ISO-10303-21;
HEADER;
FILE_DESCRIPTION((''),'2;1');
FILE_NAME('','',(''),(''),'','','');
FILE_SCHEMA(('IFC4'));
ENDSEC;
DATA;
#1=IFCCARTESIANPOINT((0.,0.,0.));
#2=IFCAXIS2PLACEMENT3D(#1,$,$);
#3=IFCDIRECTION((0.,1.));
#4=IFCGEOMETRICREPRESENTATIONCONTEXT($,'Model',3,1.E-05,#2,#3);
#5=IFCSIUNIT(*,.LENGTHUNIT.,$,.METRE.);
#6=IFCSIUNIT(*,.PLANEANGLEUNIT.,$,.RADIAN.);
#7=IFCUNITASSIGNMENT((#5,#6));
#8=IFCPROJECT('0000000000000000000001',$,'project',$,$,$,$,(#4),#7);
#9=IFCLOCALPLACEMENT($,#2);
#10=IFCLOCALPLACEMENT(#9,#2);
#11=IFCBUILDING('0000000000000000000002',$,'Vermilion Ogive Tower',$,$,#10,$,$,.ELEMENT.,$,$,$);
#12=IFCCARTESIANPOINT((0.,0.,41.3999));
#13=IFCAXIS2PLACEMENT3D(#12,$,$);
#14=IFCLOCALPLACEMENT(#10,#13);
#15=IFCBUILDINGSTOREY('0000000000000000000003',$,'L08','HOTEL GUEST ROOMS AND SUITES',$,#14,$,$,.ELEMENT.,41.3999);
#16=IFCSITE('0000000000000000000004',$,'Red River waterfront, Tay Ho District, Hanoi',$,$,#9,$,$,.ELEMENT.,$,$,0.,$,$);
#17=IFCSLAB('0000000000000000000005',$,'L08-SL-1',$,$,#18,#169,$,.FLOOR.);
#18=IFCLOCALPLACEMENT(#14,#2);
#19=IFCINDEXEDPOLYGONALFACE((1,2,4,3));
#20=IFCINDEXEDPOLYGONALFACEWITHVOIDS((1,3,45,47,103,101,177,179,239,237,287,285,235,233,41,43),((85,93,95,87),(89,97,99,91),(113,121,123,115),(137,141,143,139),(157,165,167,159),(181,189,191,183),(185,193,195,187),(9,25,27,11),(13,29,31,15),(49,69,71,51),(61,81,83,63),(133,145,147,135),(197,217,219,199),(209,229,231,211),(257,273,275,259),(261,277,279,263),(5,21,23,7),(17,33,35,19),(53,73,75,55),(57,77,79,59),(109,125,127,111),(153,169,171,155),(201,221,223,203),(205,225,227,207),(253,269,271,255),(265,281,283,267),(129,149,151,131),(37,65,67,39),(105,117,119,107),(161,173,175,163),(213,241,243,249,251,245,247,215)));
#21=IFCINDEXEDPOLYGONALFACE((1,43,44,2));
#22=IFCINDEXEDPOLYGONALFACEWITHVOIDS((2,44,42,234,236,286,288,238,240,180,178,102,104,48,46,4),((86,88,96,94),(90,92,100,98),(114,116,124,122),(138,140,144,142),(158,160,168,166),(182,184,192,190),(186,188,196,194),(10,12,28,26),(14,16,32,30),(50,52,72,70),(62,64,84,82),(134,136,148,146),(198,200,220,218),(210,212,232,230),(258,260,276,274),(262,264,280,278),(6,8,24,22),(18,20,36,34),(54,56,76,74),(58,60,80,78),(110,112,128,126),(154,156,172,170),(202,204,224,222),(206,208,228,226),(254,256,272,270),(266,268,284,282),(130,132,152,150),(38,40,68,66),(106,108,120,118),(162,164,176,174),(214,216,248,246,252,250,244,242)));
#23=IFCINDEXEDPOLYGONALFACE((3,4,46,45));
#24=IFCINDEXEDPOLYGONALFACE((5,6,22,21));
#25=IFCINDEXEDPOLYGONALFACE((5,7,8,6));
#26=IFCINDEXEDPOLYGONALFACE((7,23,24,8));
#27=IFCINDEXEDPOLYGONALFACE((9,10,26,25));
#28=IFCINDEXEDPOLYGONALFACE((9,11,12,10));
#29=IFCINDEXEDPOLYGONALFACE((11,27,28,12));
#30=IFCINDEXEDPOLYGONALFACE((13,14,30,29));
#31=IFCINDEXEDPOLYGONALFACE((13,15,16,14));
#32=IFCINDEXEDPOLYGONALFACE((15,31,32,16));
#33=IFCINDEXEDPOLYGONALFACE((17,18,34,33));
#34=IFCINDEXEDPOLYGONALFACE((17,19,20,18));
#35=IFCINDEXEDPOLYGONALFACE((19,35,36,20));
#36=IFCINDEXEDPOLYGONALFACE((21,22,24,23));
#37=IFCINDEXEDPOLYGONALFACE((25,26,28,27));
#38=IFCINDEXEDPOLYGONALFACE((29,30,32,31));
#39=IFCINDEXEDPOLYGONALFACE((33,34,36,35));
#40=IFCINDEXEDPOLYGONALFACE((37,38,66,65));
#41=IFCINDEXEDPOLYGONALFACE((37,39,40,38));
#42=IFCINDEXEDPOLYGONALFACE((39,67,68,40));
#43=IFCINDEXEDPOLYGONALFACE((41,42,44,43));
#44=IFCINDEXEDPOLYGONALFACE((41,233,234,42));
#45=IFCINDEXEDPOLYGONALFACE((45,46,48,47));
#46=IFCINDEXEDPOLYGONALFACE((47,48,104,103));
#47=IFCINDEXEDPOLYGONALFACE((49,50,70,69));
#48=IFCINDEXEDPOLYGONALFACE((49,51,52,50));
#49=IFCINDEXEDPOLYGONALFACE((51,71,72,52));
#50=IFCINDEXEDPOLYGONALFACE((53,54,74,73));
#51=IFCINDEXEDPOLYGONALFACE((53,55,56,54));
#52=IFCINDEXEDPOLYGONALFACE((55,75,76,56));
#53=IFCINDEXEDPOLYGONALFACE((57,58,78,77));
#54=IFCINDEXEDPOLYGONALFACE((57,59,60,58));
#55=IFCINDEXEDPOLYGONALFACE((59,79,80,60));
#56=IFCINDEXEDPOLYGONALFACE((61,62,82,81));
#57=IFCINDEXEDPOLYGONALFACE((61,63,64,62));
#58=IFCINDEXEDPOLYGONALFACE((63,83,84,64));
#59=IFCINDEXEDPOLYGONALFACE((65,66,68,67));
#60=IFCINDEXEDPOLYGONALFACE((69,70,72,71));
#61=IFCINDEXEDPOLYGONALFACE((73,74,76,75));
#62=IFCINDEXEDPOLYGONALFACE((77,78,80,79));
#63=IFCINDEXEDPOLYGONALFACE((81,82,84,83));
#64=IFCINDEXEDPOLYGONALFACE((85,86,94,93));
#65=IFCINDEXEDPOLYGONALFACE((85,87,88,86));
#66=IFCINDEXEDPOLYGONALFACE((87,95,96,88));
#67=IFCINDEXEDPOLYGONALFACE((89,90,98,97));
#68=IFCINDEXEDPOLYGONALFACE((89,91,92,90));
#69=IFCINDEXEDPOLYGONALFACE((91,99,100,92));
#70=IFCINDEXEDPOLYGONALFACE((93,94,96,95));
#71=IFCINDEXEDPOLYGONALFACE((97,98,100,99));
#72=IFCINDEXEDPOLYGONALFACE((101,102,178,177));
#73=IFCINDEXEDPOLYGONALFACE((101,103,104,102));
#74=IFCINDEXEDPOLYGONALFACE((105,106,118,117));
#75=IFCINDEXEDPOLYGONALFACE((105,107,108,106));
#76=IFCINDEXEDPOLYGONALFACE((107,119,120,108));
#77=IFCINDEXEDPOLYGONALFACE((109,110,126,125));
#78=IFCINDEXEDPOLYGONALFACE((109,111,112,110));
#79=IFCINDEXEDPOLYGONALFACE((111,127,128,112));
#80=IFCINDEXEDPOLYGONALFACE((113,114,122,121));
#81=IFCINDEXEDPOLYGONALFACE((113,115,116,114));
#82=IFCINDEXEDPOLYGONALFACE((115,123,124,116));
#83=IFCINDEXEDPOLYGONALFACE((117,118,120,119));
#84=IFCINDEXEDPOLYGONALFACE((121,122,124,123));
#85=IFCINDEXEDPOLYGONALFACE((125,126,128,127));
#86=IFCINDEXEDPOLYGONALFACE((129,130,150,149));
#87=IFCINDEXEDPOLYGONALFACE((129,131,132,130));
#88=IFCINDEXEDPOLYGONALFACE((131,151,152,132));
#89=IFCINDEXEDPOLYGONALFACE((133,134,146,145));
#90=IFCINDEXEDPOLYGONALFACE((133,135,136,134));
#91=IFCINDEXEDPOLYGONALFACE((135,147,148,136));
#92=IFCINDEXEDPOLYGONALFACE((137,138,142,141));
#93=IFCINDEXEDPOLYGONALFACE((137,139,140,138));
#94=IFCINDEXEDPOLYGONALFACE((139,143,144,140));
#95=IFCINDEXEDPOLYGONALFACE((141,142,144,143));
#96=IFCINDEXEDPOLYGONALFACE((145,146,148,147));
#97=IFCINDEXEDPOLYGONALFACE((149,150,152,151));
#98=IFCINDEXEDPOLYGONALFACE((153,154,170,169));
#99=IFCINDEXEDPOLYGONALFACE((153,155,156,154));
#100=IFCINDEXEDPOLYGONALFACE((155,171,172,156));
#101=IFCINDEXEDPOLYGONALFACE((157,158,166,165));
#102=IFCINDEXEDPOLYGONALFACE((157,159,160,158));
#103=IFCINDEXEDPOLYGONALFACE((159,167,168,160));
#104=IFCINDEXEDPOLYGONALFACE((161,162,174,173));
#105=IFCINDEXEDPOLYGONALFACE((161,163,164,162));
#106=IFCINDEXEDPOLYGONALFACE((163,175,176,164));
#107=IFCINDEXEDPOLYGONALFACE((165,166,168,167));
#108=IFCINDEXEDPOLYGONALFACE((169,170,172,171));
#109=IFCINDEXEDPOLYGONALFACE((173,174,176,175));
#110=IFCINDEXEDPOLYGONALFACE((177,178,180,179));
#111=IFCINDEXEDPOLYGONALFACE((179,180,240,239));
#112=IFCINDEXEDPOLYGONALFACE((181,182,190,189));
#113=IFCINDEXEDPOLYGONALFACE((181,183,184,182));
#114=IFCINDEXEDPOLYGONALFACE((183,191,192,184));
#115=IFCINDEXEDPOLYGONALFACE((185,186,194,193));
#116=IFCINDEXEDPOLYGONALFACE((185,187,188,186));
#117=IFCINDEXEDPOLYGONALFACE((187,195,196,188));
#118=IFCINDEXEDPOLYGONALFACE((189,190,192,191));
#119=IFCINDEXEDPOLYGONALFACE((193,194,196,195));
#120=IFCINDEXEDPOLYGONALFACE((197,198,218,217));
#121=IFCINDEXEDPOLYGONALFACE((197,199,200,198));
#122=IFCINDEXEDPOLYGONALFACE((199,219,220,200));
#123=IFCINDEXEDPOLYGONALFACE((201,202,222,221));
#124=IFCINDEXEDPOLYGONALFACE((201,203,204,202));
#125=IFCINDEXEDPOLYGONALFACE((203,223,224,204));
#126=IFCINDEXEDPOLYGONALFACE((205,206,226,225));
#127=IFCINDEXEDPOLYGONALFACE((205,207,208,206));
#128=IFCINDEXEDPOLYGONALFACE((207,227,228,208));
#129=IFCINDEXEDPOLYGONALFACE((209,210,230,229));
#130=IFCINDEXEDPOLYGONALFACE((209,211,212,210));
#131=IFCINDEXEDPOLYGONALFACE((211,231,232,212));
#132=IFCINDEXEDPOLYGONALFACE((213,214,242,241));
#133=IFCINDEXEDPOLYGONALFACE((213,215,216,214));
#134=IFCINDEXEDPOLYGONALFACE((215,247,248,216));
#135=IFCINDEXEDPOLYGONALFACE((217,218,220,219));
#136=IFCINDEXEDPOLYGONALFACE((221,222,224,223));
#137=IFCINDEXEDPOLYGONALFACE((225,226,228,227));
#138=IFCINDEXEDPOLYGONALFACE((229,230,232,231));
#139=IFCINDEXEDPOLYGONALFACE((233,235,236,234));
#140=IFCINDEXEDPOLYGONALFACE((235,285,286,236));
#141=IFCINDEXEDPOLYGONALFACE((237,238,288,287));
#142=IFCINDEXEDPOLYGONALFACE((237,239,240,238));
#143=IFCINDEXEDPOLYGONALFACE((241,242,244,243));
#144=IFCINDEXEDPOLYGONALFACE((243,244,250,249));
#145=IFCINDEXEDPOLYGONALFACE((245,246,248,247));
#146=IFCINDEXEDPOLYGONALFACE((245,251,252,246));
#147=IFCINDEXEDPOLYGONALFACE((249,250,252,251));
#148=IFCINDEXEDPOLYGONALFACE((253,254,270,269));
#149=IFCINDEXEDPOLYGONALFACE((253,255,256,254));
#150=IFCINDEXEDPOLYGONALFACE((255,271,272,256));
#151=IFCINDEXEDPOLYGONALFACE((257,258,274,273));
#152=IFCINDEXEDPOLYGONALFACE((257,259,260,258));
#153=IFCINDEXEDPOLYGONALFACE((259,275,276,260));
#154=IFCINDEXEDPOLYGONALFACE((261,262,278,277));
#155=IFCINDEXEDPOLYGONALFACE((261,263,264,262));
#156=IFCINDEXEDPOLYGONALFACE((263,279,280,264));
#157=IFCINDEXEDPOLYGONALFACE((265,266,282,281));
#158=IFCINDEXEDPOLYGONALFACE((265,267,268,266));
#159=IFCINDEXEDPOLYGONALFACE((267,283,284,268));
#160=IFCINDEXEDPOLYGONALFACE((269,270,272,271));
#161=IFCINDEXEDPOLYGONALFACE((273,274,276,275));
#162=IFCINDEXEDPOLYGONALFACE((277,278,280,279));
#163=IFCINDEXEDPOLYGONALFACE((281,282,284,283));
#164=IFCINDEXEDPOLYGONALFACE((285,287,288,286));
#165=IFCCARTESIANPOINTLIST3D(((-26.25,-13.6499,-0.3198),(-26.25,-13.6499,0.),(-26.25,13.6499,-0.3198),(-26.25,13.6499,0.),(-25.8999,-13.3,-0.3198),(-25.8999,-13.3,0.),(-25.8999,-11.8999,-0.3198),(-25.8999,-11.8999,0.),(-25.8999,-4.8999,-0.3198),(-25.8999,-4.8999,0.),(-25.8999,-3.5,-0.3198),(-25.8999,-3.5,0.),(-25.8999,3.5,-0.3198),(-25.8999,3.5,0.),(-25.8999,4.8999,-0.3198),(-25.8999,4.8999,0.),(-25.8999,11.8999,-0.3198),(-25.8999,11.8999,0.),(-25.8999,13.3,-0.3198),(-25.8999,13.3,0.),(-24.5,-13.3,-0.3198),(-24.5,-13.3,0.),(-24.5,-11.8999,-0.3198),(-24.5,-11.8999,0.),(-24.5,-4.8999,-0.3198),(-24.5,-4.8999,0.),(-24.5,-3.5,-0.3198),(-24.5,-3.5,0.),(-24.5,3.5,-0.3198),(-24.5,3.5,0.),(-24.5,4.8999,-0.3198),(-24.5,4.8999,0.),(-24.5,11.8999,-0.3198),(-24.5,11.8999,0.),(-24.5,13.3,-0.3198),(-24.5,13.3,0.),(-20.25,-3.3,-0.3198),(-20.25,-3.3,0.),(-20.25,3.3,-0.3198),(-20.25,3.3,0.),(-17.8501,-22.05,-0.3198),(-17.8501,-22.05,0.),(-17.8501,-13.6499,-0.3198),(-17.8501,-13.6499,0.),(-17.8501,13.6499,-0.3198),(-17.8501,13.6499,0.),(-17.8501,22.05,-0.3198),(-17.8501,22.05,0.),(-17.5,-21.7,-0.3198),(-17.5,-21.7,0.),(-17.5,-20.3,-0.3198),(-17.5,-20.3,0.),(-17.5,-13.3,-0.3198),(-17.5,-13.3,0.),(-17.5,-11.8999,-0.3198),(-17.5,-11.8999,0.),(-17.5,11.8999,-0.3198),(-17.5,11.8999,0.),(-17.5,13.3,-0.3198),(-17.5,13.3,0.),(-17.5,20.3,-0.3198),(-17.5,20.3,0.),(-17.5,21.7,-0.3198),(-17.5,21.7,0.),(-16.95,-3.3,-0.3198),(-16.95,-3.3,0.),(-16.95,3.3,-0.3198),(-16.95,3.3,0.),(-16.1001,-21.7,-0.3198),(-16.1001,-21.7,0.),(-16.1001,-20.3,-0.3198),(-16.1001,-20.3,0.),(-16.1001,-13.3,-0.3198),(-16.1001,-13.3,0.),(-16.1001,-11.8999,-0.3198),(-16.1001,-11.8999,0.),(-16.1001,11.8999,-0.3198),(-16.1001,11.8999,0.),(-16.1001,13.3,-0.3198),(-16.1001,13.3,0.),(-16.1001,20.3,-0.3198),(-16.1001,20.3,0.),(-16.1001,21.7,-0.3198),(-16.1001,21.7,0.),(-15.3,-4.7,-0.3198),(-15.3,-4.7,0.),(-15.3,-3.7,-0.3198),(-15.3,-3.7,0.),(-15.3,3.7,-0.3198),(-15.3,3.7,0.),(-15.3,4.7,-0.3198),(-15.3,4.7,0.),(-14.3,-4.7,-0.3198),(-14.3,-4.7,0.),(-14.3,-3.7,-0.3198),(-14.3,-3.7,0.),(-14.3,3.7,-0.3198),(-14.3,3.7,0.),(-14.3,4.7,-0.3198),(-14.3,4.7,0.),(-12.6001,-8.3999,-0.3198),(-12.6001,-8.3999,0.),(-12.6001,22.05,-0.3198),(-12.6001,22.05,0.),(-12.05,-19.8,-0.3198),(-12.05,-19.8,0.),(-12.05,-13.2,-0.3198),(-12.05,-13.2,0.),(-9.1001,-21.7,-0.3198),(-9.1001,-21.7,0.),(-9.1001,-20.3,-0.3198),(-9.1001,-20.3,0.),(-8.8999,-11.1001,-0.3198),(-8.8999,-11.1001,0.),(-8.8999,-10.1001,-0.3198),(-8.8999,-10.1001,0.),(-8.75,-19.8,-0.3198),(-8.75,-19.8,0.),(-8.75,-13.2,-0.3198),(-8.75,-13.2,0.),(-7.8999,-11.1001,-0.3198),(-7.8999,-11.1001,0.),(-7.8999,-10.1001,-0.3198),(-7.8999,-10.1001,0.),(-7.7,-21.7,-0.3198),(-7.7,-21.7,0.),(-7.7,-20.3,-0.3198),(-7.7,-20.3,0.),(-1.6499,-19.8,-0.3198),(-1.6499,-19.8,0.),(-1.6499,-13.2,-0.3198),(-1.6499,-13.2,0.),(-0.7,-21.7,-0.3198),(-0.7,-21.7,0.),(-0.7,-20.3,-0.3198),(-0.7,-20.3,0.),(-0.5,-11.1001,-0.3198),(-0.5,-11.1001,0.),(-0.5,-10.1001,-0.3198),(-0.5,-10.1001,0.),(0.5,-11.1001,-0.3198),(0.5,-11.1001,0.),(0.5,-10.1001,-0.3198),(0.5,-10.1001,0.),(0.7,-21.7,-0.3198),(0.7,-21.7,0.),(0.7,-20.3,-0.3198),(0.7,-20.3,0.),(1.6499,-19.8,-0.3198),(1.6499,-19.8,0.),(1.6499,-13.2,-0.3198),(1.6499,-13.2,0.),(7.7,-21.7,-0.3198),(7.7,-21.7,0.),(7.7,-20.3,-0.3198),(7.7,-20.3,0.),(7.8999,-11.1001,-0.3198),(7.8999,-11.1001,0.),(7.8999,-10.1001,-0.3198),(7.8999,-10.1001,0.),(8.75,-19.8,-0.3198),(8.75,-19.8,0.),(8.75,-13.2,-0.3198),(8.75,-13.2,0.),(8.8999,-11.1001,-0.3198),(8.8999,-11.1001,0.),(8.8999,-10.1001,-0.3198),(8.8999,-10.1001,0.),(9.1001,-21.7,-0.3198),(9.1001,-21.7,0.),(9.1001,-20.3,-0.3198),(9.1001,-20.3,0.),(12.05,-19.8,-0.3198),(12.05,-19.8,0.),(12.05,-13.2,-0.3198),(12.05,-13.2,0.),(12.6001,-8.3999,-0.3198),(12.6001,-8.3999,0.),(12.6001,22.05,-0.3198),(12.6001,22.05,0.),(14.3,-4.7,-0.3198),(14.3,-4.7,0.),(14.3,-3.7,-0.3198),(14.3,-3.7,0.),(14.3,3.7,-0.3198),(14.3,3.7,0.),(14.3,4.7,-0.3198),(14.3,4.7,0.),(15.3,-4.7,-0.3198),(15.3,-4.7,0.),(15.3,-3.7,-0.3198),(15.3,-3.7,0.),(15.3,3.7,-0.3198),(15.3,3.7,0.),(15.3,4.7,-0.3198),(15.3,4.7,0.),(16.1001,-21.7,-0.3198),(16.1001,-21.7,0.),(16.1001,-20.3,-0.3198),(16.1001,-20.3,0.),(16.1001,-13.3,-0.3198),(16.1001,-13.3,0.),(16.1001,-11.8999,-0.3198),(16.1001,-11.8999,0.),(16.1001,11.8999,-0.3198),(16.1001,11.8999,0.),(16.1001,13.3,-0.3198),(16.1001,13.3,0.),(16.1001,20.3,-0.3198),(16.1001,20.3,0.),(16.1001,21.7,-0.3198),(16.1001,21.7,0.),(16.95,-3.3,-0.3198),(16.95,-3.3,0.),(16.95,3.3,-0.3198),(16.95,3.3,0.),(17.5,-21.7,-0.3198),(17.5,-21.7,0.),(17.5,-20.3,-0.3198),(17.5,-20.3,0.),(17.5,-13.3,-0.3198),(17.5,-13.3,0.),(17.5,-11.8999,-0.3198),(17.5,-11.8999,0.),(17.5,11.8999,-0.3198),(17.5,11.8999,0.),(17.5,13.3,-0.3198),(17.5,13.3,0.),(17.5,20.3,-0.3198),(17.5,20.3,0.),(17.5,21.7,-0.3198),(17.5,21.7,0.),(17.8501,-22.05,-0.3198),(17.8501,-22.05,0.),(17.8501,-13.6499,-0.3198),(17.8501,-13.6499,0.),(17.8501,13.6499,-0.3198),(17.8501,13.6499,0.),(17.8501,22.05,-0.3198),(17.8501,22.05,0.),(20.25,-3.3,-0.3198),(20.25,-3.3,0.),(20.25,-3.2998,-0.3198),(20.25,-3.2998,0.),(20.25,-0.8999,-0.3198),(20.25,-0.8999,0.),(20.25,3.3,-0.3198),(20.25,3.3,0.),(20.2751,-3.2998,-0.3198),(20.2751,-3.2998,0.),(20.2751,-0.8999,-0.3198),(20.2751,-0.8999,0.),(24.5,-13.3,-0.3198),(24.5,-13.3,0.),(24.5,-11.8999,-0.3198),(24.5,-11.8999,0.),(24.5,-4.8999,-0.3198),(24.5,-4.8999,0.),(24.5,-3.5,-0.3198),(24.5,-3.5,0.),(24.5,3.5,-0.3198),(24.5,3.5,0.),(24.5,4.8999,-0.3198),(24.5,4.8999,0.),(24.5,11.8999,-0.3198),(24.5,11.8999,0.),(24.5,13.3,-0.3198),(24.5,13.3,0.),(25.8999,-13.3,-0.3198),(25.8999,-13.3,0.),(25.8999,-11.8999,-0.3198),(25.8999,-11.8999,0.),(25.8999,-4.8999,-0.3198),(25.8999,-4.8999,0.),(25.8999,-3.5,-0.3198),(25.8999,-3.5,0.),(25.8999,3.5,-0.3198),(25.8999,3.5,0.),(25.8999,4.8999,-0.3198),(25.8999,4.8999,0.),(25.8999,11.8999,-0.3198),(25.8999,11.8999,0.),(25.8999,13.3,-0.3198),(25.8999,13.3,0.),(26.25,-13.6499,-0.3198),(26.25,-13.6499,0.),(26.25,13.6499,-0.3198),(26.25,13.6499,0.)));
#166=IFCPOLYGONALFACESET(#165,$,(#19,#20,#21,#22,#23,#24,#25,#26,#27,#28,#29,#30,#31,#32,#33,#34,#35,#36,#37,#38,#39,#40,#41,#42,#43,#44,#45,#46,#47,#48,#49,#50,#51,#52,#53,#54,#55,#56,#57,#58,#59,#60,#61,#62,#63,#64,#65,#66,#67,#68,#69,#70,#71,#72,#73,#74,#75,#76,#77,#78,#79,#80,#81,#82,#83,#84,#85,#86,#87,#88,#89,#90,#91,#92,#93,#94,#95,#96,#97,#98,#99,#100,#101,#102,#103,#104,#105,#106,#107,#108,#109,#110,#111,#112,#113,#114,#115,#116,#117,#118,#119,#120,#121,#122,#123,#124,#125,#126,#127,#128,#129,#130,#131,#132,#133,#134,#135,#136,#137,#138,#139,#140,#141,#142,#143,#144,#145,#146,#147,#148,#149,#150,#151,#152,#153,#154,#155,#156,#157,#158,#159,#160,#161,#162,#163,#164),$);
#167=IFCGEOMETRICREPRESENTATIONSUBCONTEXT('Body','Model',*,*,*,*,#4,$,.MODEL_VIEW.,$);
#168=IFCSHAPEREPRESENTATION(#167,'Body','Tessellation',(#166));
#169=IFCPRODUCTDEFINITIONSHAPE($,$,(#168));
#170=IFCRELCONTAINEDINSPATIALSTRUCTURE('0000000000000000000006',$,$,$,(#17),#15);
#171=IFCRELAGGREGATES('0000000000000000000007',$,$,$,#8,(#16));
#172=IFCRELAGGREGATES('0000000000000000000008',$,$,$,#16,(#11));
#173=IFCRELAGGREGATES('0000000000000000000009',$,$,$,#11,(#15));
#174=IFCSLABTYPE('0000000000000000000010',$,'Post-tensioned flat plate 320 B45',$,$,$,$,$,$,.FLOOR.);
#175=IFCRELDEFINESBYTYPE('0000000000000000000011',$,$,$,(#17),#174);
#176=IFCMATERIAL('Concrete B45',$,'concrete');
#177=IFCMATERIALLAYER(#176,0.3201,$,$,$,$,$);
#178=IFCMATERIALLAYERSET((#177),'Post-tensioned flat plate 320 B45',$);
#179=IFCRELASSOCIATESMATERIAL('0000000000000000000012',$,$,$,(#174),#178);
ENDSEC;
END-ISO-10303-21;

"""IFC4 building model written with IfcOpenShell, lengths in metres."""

from ifc_helpers import new_model, si_unit, direction, frame, origin, place, context, subcontext, project, spatial, polyline, outline, extrude, material, layer, layer_set, type_object, element, save


model = new_model("IFC4")

# Units and contexts
model_context = context("Model", 3, precision=1e-05, world=origin(), true_north=direction((0.0, 1.0)))
body_context = subcontext(model_context, "Body", "Model", "MODEL_VIEW")
ifc_project = project(units=[si_unit("LENGTHUNIT", "METRE"), si_unit("PLANEANGLEUNIT", "RADIAN")], contexts=[model_context])

# Site, building, storey
site_placement = place(None, origin())
site = spatial("IfcSite", under=ifc_project, at=site_placement, Name="Red River waterfront, Tay Ho District, Hanoi", CompositionType="ELEMENT", RefElevation=0.0)
building_placement = place(site_placement, origin())
building = spatial("IfcBuilding", under=site, at=building_placement, Name="Vermilion Ogive Tower", CompositionType="ELEMENT")
storey_placement = place(building_placement, frame((0.0, 0.0, 41.3999)))
storey = spatial("IfcBuildingStorey", under=building, at=storey_placement, Name="L08", Description="HOTEL GUEST ROOMS AND SUITES", CompositionType="ELEMENT", Elevation=41.3999)

# Slab
ifc_material_1 = material(Name="Concrete B45", Category="concrete")
ifc_layer_1 = layer(ifc_material_1, 0.3201)
ifc_layer_set_1 = layer_set([ifc_layer_1], Name="Post-tensioned flat plate 320 B45")
slab_type = type_object("IfcSlabType", Name="Post-tensioned flat plate 320 B45", PredefinedType="FLOOR", material=ifc_layer_set_1)
slab_placement = place(storey_placement, frame((0.0, 0.0, -0.3198)))
element("IfcSlab", 1, at=slab_placement, inside=storey, type_object=slab_type, Name="L08-SL-1", PredefinedType="FLOOR", context=body_context, shape_type="SweptSolid", body=[
    extrude(outline(polyline([(-26.25, -13.6499), (-17.8501, -13.6499), (-17.8501, -22.05), (17.8501, -22.05), (17.8501, -13.6499), (26.25, -13.6499), (26.25, 13.6499), (17.8501, 13.6499), (17.8501, 22.05), (12.6001, 22.05), (12.6001, -8.3999), (-12.6001, -8.3999), (-12.6001, 22.05), (-17.8501, 22.05), (-17.8501, 13.6499), (-26.25, 13.6499), (-26.25, -13.6499)]), holes=[polyline([(25.8999, -3.5), (25.8999, -4.8999), (24.5, -4.8999), (24.5, -3.5), (25.8999, -3.5)]), polyline([(25.8999, -11.8999), (25.8999, -13.3), (24.5, -13.3), (24.5, -11.8999), (25.8999, -11.8999)]), polyline([(25.8999, 11.8999), (24.5, 11.8999), (24.5, 13.3), (25.8999, 13.3), (25.8999, 11.8999)]), polyline([(25.8999, 3.5), (24.5, 3.5), (24.5, 4.8999), (25.8999, 4.8999), (25.8999, 3.5)]), polyline([(20.25, -3.2998), (20.25, -3.3), (16.95, -3.3), (16.95, 3.3), (20.25, 3.3), (20.25, -0.8999), (20.2751, -0.8999), (20.2751, -3.2998), (20.25, -3.2998)]), polyline([(17.5, -11.8999), (17.5, -13.3), (16.1001, -13.3), (16.1001, -11.8999), (17.5, -11.8999)]), polyline([(17.5, 20.3), (16.1001, 20.3), (16.1001, 21.7), (17.5, 21.7), (17.5, 20.3)]), polyline([(17.5, -20.3), (17.5, -21.7), (16.1001, -21.7), (16.1001, -20.3), (17.5, -20.3)]), polyline([(17.5, 13.3), (17.5, 11.8999), (16.1001, 11.8999), (16.1001, 13.3), (17.5, 13.3)]), polyline([(15.3, 4.7), (15.3, 3.7), (14.3, 3.7), (14.3, 4.7), (15.3, 4.7)]), polyline([(15.3, -4.7), (14.3, -4.7), (14.3, -3.7), (15.3, -3.7), (15.3, -4.7)]), polyline([(12.05, -13.2), (12.05, -19.8), (8.75, -19.8), (8.75, -13.2), (12.05, -13.2)]), polyline([(9.1001, -20.3), (9.1001, -21.7), (7.7, -21.7), (7.7, -20.3), (9.1001, -20.3)]), polyline([(8.8999, -11.1001), (7.8999, -11.1001), (7.8999, -10.1001), (8.8999, -10.1001), (8.8999, -11.1001)]), polyline([(1.6499, -13.2), (1.6499, -19.8), (-1.6499, -19.8), (-1.6499, -13.2), (1.6499, -13.2)]), polyline([(0.7, -20.3), (0.7, -21.7), (-0.7, -21.7), (-0.7, -20.3), (0.7, -20.3)]), polyline([(0.5, -10.1001), (0.5, -11.1001), (-0.5, -11.1001), (-0.5, -10.1001), (0.5, -10.1001)]), polyline([(-7.7, -20.3), (-7.7, -21.7), (-9.1001, -21.7), (-9.1001, -20.3), (-7.7, -20.3)]), polyline([(-7.8999, -10.1001), (-7.8999, -11.1001), (-8.8999, -11.1001), (-8.8999, -10.1001), (-7.8999, -10.1001)]), polyline([(-8.75, -13.2), (-8.75, -19.8), (-12.05, -19.8), (-12.05, -13.2), (-8.75, -13.2)]), polyline([(-14.3, 4.7), (-14.3, 3.7), (-15.3, 3.7), (-15.3, 4.7), (-14.3, 4.7)]), polyline([(-14.3, -4.7), (-15.3, -4.7), (-15.3, -3.7), (-14.3, -3.7), (-14.3, -4.7)]), polyline([(-16.1001, 13.3), (-16.1001, 11.8999), (-17.5, 11.8999), (-17.5, 13.3), (-16.1001, 13.3)]), polyline([(-16.1001, -11.8999), (-16.1001, -13.3), (-17.5, -13.3), (-17.5, -11.8999), (-16.1001, -11.8999)]), polyline([(-16.1001, -20.3), (-16.1001, -21.7), (-17.5, -21.7), (-17.5, -20.3), (-16.1001, -20.3)]), polyline([(-16.1001, 20.3), (-17.5, 20.3), (-17.5, 21.7), (-16.1001, 21.7), (-16.1001, 20.3)]), polyline([(-16.95, 3.3), (-16.95, -3.3), (-20.25, -3.3), (-20.25, 3.3), (-16.95, 3.3)]), polyline([(-24.5, 3.5), (-25.8999, 3.5), (-25.8999, 4.8999), (-24.5, 4.8999), (-24.5, 3.5)]), polyline([(-24.5, 13.3), (-24.5, 11.8999), (-25.8999, 11.8999), (-25.8999, 13.3), (-24.5, 13.3)]), polyline([(-24.5, -3.5), (-24.5, -4.8999), (-25.8999, -4.8999), (-25.8999, -3.5), (-24.5, -3.5)]), polyline([(-24.5, -11.8999), (-24.5, -13.3), (-25.8999, -13.3), (-25.8999, -11.8999), (-24.5, -11.8999)])]), origin(), (0.0, 0.0, 1.0), 0.3198),
])

save(model, "model.ifc")
